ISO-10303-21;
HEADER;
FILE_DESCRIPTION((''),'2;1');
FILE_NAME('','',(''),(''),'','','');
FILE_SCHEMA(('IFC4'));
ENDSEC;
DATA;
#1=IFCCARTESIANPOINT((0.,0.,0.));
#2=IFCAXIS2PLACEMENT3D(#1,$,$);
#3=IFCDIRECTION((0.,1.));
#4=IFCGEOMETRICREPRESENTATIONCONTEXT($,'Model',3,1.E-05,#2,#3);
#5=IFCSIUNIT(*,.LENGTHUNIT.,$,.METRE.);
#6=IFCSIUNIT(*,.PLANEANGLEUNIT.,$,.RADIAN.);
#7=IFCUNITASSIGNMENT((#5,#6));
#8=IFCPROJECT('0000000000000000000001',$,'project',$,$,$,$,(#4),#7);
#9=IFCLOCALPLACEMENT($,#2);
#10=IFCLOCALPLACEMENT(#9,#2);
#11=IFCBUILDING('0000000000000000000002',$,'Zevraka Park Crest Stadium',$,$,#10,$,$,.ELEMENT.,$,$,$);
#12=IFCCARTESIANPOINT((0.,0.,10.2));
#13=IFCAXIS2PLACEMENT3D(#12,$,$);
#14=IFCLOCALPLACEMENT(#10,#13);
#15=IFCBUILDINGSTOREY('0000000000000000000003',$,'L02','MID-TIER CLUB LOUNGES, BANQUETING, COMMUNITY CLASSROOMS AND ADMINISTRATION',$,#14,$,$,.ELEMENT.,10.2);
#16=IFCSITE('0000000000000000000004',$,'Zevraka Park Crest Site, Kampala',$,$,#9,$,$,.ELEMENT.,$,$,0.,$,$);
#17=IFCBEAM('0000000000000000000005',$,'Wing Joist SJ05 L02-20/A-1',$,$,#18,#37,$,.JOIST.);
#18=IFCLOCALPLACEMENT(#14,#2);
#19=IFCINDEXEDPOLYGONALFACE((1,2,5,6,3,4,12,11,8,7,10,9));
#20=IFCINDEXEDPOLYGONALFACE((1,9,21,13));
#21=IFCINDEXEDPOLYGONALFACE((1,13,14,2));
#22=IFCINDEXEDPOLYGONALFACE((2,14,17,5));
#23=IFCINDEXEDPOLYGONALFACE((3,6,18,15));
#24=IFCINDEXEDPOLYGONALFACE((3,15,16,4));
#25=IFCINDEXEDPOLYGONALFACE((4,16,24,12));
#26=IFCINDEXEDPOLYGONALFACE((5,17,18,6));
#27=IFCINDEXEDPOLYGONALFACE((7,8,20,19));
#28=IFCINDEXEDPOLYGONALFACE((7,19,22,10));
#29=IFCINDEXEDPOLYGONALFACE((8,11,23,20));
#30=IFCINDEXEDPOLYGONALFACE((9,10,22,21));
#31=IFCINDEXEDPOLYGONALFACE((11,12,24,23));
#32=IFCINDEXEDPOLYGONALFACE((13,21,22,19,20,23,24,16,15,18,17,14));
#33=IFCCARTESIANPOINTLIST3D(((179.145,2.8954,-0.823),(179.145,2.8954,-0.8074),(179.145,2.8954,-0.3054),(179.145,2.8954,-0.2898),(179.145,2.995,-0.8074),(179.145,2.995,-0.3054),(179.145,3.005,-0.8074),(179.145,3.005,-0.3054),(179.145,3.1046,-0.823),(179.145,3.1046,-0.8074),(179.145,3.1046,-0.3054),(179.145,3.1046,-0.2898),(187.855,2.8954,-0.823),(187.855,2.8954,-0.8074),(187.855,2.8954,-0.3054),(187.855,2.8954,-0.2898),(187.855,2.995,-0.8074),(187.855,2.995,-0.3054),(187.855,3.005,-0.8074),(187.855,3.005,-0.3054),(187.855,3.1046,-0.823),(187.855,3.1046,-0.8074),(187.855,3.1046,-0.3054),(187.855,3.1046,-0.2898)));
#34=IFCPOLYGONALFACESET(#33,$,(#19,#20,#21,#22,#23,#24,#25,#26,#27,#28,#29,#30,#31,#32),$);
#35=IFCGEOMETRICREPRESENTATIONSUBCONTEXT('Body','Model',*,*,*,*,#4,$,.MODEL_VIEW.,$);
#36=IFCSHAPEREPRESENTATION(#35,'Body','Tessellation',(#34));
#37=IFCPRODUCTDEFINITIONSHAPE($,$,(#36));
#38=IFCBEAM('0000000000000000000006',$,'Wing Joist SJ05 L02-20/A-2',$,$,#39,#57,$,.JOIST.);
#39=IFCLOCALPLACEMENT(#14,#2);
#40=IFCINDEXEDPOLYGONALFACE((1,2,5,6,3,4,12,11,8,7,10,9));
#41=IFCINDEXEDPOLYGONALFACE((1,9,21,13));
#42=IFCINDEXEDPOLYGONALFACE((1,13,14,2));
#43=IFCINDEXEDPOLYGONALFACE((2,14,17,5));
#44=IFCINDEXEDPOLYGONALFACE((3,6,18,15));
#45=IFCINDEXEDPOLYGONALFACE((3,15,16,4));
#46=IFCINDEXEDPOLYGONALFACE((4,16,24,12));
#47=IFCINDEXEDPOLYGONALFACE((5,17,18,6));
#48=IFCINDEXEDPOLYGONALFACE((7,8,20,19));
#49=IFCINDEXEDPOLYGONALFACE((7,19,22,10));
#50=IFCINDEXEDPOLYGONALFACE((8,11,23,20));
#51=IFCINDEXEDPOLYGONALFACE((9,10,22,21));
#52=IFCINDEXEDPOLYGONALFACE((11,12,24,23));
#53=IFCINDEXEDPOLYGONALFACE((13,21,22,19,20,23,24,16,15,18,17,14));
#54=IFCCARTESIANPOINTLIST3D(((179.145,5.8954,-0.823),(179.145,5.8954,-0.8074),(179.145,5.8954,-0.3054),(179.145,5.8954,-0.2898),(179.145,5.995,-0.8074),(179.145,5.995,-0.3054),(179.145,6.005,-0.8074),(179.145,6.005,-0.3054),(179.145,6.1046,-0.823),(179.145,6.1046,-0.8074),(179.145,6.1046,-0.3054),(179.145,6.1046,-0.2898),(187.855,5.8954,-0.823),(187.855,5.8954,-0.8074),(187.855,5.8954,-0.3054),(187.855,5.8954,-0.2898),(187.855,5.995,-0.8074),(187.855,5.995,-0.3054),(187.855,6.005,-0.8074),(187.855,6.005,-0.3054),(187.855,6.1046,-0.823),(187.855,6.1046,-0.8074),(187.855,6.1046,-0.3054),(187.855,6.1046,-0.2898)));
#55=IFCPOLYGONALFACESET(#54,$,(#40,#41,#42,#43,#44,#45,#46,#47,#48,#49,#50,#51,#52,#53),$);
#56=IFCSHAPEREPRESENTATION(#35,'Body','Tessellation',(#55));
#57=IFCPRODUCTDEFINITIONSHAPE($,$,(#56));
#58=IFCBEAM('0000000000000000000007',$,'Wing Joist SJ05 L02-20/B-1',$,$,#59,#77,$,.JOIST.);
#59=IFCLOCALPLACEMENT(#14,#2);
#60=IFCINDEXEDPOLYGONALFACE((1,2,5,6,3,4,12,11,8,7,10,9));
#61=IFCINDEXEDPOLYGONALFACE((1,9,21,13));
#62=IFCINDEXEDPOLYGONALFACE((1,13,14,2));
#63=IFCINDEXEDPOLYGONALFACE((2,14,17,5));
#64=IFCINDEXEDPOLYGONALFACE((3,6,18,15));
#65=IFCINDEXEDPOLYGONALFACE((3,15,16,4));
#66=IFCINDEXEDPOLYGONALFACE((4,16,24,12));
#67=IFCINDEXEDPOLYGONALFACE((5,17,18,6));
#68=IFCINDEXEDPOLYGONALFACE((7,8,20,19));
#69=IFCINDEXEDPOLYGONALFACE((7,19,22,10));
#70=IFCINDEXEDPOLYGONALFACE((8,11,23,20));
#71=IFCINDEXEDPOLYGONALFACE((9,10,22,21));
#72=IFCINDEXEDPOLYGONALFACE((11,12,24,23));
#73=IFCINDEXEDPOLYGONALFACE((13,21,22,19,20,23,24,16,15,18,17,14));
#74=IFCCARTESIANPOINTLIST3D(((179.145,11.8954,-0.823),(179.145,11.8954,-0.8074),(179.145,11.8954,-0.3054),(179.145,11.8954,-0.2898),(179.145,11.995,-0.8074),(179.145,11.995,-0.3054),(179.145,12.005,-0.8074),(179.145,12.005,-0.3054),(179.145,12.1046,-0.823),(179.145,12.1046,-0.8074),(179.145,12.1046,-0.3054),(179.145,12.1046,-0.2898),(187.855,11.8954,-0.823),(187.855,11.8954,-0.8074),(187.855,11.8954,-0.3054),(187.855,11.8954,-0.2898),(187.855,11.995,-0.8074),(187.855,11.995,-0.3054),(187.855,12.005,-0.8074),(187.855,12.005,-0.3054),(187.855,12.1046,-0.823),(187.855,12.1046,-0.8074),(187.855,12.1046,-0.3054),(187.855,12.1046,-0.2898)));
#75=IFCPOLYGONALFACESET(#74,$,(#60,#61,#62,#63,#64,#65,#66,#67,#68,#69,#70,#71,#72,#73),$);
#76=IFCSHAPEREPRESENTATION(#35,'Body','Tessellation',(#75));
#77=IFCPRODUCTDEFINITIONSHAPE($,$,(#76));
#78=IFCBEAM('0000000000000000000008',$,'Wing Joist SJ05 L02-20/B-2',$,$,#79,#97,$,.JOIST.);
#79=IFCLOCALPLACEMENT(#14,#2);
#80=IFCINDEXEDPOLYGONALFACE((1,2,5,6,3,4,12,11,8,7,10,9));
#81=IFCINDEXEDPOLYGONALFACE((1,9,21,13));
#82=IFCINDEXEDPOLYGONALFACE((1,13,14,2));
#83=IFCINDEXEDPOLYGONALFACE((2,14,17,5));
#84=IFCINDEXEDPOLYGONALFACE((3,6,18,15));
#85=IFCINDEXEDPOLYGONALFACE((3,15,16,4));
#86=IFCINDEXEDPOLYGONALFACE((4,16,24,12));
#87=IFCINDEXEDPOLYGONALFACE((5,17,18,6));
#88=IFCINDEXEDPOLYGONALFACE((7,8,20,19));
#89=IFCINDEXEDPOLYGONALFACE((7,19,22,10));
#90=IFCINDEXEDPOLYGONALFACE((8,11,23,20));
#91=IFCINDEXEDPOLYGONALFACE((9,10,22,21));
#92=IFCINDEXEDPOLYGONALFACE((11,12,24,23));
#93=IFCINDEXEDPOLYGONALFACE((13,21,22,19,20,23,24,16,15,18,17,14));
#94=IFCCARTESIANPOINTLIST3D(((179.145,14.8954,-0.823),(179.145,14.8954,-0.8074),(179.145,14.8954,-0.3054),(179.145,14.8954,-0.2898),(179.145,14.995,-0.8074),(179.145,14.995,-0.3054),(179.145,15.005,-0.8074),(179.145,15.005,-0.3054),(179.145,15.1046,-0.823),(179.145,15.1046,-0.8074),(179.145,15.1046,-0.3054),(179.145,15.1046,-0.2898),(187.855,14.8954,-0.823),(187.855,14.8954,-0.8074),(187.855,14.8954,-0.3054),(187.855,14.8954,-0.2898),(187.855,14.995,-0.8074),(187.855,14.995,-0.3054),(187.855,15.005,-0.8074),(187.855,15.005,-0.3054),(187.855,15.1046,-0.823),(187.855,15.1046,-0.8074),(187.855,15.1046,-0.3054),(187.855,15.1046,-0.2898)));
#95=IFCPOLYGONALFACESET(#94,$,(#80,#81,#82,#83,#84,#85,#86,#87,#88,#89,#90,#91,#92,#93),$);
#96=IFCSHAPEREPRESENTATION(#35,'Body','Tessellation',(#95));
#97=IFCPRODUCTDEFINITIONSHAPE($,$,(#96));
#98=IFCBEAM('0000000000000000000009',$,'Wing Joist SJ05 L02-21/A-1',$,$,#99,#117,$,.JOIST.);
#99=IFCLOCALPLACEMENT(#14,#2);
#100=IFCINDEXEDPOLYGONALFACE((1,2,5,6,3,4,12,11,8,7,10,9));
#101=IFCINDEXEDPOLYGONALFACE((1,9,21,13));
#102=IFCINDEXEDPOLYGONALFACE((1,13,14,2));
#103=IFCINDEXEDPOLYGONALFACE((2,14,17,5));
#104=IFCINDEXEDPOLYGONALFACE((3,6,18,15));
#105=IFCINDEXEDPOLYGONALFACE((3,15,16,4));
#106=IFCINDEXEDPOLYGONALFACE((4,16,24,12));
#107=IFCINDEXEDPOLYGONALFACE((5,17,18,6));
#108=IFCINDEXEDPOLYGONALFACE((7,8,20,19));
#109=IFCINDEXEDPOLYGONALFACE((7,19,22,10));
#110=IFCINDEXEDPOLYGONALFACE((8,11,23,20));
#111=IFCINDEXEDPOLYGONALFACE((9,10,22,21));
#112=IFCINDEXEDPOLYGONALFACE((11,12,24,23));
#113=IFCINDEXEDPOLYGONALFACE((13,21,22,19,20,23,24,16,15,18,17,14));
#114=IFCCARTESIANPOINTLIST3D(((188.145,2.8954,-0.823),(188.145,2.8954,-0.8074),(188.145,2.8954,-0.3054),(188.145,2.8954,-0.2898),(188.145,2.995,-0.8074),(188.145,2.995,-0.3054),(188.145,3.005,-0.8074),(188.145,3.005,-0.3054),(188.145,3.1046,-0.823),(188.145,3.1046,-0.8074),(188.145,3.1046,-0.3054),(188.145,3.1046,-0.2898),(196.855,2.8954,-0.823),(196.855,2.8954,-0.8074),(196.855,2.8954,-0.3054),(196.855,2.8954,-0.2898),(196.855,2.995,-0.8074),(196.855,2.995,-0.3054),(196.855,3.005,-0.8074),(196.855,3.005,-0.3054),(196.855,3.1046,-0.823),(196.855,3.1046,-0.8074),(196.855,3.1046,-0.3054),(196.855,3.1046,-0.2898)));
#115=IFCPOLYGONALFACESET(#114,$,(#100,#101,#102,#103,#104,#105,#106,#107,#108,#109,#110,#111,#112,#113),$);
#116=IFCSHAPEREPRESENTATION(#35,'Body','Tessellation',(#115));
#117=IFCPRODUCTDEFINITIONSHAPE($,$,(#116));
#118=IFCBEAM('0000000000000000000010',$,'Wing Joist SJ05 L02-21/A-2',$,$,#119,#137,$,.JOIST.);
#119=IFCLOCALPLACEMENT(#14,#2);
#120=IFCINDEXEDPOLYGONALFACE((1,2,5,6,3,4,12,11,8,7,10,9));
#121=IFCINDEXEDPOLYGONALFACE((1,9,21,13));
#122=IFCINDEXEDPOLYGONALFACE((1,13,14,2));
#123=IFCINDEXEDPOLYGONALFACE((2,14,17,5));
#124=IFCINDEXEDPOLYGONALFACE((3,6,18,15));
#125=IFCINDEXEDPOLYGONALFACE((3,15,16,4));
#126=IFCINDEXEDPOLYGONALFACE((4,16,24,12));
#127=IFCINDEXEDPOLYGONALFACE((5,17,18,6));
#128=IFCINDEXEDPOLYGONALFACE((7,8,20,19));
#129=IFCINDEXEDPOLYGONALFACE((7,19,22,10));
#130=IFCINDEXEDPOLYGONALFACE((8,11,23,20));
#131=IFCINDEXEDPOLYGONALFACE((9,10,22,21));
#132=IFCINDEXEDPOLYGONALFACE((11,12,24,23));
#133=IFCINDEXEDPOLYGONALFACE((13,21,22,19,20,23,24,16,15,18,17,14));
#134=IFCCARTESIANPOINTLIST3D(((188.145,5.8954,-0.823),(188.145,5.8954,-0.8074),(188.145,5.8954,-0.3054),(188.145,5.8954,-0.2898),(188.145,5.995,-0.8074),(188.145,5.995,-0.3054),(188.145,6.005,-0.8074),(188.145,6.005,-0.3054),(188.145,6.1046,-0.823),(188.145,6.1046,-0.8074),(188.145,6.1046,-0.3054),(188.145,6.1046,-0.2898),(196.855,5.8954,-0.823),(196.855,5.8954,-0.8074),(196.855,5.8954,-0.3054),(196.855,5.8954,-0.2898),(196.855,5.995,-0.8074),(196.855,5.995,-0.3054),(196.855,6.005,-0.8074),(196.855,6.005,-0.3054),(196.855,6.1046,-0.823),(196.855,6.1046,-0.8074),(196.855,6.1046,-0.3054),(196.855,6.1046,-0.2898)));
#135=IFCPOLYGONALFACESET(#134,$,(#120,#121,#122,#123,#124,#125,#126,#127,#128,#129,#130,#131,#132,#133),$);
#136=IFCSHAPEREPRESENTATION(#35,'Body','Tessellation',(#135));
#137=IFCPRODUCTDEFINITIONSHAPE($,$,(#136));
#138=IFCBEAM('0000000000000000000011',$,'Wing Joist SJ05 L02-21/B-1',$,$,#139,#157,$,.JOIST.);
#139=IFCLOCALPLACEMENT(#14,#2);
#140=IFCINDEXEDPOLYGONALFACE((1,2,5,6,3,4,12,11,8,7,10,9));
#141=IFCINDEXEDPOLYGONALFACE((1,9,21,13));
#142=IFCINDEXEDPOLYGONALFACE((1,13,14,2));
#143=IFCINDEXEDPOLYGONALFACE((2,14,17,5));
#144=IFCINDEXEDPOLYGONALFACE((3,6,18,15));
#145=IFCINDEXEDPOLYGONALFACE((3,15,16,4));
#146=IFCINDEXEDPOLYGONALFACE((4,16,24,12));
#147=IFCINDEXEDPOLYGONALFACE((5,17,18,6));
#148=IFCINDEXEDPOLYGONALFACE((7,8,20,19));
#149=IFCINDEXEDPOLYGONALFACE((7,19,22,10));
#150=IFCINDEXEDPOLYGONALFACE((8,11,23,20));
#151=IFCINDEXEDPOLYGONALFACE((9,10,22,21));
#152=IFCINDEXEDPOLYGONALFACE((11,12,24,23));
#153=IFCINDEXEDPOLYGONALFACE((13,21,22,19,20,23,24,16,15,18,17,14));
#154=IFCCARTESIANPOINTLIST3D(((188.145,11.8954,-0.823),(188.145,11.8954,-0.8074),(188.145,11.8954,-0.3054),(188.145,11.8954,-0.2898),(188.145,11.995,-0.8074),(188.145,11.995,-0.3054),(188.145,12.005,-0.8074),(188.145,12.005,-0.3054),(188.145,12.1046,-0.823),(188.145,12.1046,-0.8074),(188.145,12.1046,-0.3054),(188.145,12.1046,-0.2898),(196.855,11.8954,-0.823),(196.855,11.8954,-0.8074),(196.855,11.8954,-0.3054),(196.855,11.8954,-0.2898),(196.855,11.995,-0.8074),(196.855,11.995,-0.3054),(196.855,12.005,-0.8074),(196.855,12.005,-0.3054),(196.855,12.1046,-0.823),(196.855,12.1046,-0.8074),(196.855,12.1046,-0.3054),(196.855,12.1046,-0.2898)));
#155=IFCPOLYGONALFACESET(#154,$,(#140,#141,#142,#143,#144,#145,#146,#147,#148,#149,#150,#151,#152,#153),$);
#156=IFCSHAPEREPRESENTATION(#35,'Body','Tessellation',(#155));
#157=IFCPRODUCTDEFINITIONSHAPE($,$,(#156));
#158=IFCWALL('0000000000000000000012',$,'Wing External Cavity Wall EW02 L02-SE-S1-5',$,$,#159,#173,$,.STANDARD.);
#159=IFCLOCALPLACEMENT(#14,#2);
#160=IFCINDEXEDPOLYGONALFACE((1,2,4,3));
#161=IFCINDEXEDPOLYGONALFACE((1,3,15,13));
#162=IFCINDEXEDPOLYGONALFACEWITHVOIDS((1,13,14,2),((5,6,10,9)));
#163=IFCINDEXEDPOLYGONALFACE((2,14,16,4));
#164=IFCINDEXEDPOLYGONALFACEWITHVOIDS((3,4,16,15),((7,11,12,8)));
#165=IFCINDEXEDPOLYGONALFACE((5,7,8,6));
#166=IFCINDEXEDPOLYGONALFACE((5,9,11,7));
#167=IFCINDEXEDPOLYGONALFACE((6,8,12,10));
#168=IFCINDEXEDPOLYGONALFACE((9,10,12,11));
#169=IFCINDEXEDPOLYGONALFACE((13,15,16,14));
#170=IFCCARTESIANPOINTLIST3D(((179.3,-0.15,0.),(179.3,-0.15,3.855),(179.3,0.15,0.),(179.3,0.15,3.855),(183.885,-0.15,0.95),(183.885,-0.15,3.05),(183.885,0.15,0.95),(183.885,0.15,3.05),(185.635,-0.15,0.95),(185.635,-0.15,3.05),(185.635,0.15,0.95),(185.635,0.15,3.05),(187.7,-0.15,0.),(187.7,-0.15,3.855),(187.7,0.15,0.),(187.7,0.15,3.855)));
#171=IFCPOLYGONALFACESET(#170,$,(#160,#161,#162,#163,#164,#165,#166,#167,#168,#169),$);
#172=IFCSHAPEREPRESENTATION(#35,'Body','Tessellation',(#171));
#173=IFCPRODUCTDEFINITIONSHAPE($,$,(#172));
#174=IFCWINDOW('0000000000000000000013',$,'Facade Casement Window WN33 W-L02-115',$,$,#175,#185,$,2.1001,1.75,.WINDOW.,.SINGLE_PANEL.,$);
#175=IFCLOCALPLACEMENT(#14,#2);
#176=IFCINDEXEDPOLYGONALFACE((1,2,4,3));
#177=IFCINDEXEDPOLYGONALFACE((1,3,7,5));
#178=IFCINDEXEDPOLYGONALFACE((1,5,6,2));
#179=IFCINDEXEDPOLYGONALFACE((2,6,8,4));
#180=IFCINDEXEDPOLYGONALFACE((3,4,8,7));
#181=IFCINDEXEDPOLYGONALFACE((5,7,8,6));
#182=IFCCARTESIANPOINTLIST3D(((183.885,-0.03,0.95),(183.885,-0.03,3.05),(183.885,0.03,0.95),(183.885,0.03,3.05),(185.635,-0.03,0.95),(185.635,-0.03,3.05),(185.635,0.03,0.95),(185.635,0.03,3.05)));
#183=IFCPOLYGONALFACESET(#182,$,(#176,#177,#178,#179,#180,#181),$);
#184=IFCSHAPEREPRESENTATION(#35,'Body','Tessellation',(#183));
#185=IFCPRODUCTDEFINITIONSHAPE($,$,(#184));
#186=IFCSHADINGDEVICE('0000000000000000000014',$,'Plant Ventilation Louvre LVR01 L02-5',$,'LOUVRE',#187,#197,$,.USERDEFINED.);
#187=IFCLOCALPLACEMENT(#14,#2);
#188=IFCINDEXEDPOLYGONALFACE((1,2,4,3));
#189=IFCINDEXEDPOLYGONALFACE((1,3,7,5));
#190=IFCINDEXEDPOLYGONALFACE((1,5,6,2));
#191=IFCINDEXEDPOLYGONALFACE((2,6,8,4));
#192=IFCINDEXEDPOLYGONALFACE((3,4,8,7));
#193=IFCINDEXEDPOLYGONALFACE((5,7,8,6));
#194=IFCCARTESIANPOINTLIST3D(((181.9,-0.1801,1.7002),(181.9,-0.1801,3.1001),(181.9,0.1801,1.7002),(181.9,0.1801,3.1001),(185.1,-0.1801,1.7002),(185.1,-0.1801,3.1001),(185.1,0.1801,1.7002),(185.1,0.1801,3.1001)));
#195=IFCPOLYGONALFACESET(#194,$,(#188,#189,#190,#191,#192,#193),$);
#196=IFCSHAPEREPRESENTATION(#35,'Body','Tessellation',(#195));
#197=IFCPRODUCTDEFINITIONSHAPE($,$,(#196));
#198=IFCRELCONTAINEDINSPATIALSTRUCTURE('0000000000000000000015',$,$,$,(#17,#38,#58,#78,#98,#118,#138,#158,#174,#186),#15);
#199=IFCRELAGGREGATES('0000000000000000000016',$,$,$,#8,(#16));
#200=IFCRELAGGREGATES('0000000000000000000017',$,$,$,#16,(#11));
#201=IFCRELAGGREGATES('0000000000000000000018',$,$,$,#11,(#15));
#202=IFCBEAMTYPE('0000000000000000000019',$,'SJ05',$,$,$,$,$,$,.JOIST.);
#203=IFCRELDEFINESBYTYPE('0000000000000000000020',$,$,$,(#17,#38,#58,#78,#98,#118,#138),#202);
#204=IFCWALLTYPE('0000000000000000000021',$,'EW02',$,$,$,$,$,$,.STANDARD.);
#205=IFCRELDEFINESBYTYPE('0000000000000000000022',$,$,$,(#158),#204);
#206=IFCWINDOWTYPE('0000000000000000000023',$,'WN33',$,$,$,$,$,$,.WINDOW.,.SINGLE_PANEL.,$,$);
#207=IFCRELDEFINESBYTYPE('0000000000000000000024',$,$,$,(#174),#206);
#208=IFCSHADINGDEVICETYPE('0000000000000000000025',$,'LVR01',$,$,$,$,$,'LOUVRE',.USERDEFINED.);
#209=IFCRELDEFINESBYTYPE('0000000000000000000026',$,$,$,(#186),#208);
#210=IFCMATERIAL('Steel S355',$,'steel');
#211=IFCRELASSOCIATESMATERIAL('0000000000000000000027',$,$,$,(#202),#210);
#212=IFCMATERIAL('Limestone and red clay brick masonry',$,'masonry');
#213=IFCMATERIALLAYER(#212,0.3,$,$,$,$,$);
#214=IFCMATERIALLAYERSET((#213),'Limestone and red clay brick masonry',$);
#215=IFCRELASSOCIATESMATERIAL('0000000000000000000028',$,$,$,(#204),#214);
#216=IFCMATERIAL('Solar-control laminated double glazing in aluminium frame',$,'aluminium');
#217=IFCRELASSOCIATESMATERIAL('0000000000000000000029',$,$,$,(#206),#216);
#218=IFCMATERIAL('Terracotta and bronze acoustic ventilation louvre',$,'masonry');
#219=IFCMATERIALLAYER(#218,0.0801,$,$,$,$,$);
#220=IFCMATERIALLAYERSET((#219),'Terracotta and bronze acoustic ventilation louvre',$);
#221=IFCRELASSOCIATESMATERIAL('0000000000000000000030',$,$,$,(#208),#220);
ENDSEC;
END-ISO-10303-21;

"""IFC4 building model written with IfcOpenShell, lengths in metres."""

from ifc_helpers import new_model, si_unit, direction, frame, frame_2d, origin, origin_2d, place, context, subcontext, project, spatial, rectangle, i_section, extrude, material, layer, layer_set, material_profile, profile_set, type_object, element, fill, save


model = new_model("IFC4")

# Units and contexts
model_context = context("Model", 3, precision=1e-05, world=origin(), true_north=direction((0.0, 1.0)))
body_context = subcontext(model_context, "Body", "Model", "MODEL_VIEW")
ifc_project = project(units=[si_unit("LENGTHUNIT", "METRE"), si_unit("PLANEANGLEUNIT", "RADIAN")], contexts=[model_context])

# Site, building, storey
site_placement = place(None, origin())
site = spatial("IfcSite", under=ifc_project, at=site_placement, Name="Zevraka Park Crest Site, Kampala", CompositionType="ELEMENT", RefElevation=0.0)
building_placement = place(site_placement, origin())
building = spatial("IfcBuilding", under=site, at=building_placement, Name="Zevraka Park Crest Stadium", CompositionType="ELEMENT")
storey_placement = place(building_placement, frame((0.0, 0.0, 10.2)))
storey = spatial("IfcBuildingStorey", under=building, at=storey_placement, Name="L02", Description="MID-TIER CLUB LOUNGES, BANQUETING, COMMUNITY CLASSROOMS AND ADMINISTRATION", CompositionType="ELEMENT", Elevation=10.2)

# Beams
ifc_material_1 = material(Name="Steel S355", Category="steel")
ifc_material_profile_1 = material_profile(ifc_material_1, i_section(OverallWidth=0.2092, OverallDepth=0.5332, WebThickness=0.01, FlangeThickness=0.0156, at=origin_2d()), Name="UKB 533x210x92")
ifc_profile_set_1 = profile_set([ifc_material_profile_1], Name="Steel S355")
beam_type_1 = type_object("IfcBeamType", Name="SJ05", PredefinedType="JOIST", material=ifc_profile_set_1)
for number, where, z_axis, x_axis, name in (
    (1, (179.145, 3.0, -0.5564), (1.0, 0.0, 0.0), (0.0, 1.0, 0.0), "Wing Joist SJ05 L02-20/A-1"),
    (2, (179.145, 6.0, -0.5564), (1.0, 0.0, 0.0), (0.0, 1.0, 0.0), "Wing Joist SJ05 L02-20/A-2"),
    (3, (179.145, 12.0, -0.5564), (1.0, 0.0, 0.0), (0.0, 1.0, 0.0), "Wing Joist SJ05 L02-20/B-1"),
    (4, (179.145, 15.0, -0.5564), (1.0, 0.0, 0.0), (0.0, 1.0, 0.0), "Wing Joist SJ05 L02-20/B-2"),
    (5, (188.145, 3.0, -0.5564), (1.0, 0.0, 0.0), (0.0, 1.0, 0.0), "Wing Joist SJ05 L02-21/A-1"),
    (6, (188.145, 6.0, -0.5564), (1.0, 0.0, 0.0), (0.0, 1.0, 0.0), "Wing Joist SJ05 L02-21/A-2"),
    (7, (188.145, 12.0, -0.5564), (1.0, 0.0, 0.0), (0.0, 1.0, 0.0), "Wing Joist SJ05 L02-21/B-1"),
):
    element("IfcBeam", number, at=place(storey_placement, frame(where, z_axis=z_axis, x_axis=x_axis)), inside=storey, type_object=beam_type_1, Name=name, PredefinedType="JOIST", context=body_context, shape_type="SweptSolid", body=[
        extrude(i_section(OverallWidth=0.2092, OverallDepth=0.5332, WebThickness=0.01, FlangeThickness=0.0156, at=origin_2d()), origin(), (0.0, 0.0, 1.0), 8.71),
    ])

# Wall, opening, window
ifc_material_2 = material(Name="Limestone and red clay brick masonry", Category="masonry")
ifc_layer_1 = layer(ifc_material_2, 0.3)
ifc_layer_set_1 = layer_set([ifc_layer_1], Name="Limestone and red clay brick masonry")
wall_type = type_object("IfcWallType", Name="EW02", PredefinedType="STANDARD", material=ifc_layer_set_1)
wall_placement = place(storey_placement, frame((187.7, 0.0, 0.0), z_axis=(0.0, 0.0, 1.0), x_axis=(-1.0, 0.0, 0.0)))
wall = element("IfcWall", 8, at=wall_placement, inside=storey, type_object=wall_type, Name="Wing External Cavity Wall EW02 L02-SE-S1-5", PredefinedType="STANDARD", context=body_context, shape_type="SweptSolid", body=[
    extrude(rectangle(XDim=8.3999, YDim=0.3, at=frame_2d((4.2, 0.0))), origin(), (0.0, 0.0, 1.0), 3.855),
])
opening_placement = place(wall_placement, frame((2.0649, 0.0, 0.95)))
opening = element("IfcOpeningElement", 9, at=opening_placement, cuts=wall, PredefinedType="OPENING", context=body_context, shape_type="SweptSolid", body=[
    extrude(rectangle(XDim=1.75, YDim=2.1001, at=frame_2d((0.875, 1.05))), frame((0.0, 0.1599, 0.0), z_axis=(0.0, -1.0, 0.0), x_axis=(1.0, 0.0, 0.0)), (0.0, 0.0, 1.0), 0.3201),
])
ifc_material_3 = material(Name="Solar-control laminated double glazing in aluminium frame", Category="aluminium")
window_type = type_object("IfcWindowType", Name="WN33", PartitioningType="SINGLE_PANEL", PredefinedType="WINDOW", material=ifc_material_3)
window_placement = place(opening_placement, origin())
window = element("IfcWindow", 10, at=window_placement, inside=storey, type_object=window_type, Name="Facade Casement Window WN33 W-L02-115", OverallHeight=2.1001, OverallWidth=1.75, PartitioningType="SINGLE_PANEL", PredefinedType="WINDOW", context=body_context, shape_type="SweptSolid", body=[
    extrude(rectangle(XDim=1.75, YDim=2.1001, at=frame_2d((0.875, 1.05))), frame((0.0, 0.03, 0.0), z_axis=(0.0, -1.0, 0.0), x_axis=(1.0, 0.0, 0.0)), (0.0, 0.0, 1.0), 0.0601),
])
fill(opening, window)

# Shading device
ifc_material_4 = material(Name="Terracotta and bronze acoustic ventilation louvre", Category="masonry")
ifc_layer_2 = layer(ifc_material_4, 0.0801)
ifc_layer_set_2 = layer_set([ifc_layer_2], Name="Terracotta and bronze acoustic ventilation louvre")
shading_device_type = type_object("IfcShadingDeviceType", Name="LVR01", ElementType="LOUVRE", PredefinedType="USERDEFINED", material=ifc_layer_set_2)
shading_device_placement = place(storey_placement, frame((183.5, 0.0, 1.7002), z_axis=(0.0, 0.0, 1.0), x_axis=(-1.0, 0.0, 0.0)))
element("IfcShadingDevice", 11, at=shading_device_placement, inside=storey, type_object=shading_device_type, Name="Plant Ventilation Louvre LVR01 L02-5", ObjectType="LOUVRE", PredefinedType="USERDEFINED", context=body_context, shape_type="SweptSolid", body=[
    extrude(rectangle(XDim=3.2, YDim=0.3601, at=origin_2d()), origin(), (0.0, 0.0, 1.0), 1.3999),
])

save(model, "model.ifc")
